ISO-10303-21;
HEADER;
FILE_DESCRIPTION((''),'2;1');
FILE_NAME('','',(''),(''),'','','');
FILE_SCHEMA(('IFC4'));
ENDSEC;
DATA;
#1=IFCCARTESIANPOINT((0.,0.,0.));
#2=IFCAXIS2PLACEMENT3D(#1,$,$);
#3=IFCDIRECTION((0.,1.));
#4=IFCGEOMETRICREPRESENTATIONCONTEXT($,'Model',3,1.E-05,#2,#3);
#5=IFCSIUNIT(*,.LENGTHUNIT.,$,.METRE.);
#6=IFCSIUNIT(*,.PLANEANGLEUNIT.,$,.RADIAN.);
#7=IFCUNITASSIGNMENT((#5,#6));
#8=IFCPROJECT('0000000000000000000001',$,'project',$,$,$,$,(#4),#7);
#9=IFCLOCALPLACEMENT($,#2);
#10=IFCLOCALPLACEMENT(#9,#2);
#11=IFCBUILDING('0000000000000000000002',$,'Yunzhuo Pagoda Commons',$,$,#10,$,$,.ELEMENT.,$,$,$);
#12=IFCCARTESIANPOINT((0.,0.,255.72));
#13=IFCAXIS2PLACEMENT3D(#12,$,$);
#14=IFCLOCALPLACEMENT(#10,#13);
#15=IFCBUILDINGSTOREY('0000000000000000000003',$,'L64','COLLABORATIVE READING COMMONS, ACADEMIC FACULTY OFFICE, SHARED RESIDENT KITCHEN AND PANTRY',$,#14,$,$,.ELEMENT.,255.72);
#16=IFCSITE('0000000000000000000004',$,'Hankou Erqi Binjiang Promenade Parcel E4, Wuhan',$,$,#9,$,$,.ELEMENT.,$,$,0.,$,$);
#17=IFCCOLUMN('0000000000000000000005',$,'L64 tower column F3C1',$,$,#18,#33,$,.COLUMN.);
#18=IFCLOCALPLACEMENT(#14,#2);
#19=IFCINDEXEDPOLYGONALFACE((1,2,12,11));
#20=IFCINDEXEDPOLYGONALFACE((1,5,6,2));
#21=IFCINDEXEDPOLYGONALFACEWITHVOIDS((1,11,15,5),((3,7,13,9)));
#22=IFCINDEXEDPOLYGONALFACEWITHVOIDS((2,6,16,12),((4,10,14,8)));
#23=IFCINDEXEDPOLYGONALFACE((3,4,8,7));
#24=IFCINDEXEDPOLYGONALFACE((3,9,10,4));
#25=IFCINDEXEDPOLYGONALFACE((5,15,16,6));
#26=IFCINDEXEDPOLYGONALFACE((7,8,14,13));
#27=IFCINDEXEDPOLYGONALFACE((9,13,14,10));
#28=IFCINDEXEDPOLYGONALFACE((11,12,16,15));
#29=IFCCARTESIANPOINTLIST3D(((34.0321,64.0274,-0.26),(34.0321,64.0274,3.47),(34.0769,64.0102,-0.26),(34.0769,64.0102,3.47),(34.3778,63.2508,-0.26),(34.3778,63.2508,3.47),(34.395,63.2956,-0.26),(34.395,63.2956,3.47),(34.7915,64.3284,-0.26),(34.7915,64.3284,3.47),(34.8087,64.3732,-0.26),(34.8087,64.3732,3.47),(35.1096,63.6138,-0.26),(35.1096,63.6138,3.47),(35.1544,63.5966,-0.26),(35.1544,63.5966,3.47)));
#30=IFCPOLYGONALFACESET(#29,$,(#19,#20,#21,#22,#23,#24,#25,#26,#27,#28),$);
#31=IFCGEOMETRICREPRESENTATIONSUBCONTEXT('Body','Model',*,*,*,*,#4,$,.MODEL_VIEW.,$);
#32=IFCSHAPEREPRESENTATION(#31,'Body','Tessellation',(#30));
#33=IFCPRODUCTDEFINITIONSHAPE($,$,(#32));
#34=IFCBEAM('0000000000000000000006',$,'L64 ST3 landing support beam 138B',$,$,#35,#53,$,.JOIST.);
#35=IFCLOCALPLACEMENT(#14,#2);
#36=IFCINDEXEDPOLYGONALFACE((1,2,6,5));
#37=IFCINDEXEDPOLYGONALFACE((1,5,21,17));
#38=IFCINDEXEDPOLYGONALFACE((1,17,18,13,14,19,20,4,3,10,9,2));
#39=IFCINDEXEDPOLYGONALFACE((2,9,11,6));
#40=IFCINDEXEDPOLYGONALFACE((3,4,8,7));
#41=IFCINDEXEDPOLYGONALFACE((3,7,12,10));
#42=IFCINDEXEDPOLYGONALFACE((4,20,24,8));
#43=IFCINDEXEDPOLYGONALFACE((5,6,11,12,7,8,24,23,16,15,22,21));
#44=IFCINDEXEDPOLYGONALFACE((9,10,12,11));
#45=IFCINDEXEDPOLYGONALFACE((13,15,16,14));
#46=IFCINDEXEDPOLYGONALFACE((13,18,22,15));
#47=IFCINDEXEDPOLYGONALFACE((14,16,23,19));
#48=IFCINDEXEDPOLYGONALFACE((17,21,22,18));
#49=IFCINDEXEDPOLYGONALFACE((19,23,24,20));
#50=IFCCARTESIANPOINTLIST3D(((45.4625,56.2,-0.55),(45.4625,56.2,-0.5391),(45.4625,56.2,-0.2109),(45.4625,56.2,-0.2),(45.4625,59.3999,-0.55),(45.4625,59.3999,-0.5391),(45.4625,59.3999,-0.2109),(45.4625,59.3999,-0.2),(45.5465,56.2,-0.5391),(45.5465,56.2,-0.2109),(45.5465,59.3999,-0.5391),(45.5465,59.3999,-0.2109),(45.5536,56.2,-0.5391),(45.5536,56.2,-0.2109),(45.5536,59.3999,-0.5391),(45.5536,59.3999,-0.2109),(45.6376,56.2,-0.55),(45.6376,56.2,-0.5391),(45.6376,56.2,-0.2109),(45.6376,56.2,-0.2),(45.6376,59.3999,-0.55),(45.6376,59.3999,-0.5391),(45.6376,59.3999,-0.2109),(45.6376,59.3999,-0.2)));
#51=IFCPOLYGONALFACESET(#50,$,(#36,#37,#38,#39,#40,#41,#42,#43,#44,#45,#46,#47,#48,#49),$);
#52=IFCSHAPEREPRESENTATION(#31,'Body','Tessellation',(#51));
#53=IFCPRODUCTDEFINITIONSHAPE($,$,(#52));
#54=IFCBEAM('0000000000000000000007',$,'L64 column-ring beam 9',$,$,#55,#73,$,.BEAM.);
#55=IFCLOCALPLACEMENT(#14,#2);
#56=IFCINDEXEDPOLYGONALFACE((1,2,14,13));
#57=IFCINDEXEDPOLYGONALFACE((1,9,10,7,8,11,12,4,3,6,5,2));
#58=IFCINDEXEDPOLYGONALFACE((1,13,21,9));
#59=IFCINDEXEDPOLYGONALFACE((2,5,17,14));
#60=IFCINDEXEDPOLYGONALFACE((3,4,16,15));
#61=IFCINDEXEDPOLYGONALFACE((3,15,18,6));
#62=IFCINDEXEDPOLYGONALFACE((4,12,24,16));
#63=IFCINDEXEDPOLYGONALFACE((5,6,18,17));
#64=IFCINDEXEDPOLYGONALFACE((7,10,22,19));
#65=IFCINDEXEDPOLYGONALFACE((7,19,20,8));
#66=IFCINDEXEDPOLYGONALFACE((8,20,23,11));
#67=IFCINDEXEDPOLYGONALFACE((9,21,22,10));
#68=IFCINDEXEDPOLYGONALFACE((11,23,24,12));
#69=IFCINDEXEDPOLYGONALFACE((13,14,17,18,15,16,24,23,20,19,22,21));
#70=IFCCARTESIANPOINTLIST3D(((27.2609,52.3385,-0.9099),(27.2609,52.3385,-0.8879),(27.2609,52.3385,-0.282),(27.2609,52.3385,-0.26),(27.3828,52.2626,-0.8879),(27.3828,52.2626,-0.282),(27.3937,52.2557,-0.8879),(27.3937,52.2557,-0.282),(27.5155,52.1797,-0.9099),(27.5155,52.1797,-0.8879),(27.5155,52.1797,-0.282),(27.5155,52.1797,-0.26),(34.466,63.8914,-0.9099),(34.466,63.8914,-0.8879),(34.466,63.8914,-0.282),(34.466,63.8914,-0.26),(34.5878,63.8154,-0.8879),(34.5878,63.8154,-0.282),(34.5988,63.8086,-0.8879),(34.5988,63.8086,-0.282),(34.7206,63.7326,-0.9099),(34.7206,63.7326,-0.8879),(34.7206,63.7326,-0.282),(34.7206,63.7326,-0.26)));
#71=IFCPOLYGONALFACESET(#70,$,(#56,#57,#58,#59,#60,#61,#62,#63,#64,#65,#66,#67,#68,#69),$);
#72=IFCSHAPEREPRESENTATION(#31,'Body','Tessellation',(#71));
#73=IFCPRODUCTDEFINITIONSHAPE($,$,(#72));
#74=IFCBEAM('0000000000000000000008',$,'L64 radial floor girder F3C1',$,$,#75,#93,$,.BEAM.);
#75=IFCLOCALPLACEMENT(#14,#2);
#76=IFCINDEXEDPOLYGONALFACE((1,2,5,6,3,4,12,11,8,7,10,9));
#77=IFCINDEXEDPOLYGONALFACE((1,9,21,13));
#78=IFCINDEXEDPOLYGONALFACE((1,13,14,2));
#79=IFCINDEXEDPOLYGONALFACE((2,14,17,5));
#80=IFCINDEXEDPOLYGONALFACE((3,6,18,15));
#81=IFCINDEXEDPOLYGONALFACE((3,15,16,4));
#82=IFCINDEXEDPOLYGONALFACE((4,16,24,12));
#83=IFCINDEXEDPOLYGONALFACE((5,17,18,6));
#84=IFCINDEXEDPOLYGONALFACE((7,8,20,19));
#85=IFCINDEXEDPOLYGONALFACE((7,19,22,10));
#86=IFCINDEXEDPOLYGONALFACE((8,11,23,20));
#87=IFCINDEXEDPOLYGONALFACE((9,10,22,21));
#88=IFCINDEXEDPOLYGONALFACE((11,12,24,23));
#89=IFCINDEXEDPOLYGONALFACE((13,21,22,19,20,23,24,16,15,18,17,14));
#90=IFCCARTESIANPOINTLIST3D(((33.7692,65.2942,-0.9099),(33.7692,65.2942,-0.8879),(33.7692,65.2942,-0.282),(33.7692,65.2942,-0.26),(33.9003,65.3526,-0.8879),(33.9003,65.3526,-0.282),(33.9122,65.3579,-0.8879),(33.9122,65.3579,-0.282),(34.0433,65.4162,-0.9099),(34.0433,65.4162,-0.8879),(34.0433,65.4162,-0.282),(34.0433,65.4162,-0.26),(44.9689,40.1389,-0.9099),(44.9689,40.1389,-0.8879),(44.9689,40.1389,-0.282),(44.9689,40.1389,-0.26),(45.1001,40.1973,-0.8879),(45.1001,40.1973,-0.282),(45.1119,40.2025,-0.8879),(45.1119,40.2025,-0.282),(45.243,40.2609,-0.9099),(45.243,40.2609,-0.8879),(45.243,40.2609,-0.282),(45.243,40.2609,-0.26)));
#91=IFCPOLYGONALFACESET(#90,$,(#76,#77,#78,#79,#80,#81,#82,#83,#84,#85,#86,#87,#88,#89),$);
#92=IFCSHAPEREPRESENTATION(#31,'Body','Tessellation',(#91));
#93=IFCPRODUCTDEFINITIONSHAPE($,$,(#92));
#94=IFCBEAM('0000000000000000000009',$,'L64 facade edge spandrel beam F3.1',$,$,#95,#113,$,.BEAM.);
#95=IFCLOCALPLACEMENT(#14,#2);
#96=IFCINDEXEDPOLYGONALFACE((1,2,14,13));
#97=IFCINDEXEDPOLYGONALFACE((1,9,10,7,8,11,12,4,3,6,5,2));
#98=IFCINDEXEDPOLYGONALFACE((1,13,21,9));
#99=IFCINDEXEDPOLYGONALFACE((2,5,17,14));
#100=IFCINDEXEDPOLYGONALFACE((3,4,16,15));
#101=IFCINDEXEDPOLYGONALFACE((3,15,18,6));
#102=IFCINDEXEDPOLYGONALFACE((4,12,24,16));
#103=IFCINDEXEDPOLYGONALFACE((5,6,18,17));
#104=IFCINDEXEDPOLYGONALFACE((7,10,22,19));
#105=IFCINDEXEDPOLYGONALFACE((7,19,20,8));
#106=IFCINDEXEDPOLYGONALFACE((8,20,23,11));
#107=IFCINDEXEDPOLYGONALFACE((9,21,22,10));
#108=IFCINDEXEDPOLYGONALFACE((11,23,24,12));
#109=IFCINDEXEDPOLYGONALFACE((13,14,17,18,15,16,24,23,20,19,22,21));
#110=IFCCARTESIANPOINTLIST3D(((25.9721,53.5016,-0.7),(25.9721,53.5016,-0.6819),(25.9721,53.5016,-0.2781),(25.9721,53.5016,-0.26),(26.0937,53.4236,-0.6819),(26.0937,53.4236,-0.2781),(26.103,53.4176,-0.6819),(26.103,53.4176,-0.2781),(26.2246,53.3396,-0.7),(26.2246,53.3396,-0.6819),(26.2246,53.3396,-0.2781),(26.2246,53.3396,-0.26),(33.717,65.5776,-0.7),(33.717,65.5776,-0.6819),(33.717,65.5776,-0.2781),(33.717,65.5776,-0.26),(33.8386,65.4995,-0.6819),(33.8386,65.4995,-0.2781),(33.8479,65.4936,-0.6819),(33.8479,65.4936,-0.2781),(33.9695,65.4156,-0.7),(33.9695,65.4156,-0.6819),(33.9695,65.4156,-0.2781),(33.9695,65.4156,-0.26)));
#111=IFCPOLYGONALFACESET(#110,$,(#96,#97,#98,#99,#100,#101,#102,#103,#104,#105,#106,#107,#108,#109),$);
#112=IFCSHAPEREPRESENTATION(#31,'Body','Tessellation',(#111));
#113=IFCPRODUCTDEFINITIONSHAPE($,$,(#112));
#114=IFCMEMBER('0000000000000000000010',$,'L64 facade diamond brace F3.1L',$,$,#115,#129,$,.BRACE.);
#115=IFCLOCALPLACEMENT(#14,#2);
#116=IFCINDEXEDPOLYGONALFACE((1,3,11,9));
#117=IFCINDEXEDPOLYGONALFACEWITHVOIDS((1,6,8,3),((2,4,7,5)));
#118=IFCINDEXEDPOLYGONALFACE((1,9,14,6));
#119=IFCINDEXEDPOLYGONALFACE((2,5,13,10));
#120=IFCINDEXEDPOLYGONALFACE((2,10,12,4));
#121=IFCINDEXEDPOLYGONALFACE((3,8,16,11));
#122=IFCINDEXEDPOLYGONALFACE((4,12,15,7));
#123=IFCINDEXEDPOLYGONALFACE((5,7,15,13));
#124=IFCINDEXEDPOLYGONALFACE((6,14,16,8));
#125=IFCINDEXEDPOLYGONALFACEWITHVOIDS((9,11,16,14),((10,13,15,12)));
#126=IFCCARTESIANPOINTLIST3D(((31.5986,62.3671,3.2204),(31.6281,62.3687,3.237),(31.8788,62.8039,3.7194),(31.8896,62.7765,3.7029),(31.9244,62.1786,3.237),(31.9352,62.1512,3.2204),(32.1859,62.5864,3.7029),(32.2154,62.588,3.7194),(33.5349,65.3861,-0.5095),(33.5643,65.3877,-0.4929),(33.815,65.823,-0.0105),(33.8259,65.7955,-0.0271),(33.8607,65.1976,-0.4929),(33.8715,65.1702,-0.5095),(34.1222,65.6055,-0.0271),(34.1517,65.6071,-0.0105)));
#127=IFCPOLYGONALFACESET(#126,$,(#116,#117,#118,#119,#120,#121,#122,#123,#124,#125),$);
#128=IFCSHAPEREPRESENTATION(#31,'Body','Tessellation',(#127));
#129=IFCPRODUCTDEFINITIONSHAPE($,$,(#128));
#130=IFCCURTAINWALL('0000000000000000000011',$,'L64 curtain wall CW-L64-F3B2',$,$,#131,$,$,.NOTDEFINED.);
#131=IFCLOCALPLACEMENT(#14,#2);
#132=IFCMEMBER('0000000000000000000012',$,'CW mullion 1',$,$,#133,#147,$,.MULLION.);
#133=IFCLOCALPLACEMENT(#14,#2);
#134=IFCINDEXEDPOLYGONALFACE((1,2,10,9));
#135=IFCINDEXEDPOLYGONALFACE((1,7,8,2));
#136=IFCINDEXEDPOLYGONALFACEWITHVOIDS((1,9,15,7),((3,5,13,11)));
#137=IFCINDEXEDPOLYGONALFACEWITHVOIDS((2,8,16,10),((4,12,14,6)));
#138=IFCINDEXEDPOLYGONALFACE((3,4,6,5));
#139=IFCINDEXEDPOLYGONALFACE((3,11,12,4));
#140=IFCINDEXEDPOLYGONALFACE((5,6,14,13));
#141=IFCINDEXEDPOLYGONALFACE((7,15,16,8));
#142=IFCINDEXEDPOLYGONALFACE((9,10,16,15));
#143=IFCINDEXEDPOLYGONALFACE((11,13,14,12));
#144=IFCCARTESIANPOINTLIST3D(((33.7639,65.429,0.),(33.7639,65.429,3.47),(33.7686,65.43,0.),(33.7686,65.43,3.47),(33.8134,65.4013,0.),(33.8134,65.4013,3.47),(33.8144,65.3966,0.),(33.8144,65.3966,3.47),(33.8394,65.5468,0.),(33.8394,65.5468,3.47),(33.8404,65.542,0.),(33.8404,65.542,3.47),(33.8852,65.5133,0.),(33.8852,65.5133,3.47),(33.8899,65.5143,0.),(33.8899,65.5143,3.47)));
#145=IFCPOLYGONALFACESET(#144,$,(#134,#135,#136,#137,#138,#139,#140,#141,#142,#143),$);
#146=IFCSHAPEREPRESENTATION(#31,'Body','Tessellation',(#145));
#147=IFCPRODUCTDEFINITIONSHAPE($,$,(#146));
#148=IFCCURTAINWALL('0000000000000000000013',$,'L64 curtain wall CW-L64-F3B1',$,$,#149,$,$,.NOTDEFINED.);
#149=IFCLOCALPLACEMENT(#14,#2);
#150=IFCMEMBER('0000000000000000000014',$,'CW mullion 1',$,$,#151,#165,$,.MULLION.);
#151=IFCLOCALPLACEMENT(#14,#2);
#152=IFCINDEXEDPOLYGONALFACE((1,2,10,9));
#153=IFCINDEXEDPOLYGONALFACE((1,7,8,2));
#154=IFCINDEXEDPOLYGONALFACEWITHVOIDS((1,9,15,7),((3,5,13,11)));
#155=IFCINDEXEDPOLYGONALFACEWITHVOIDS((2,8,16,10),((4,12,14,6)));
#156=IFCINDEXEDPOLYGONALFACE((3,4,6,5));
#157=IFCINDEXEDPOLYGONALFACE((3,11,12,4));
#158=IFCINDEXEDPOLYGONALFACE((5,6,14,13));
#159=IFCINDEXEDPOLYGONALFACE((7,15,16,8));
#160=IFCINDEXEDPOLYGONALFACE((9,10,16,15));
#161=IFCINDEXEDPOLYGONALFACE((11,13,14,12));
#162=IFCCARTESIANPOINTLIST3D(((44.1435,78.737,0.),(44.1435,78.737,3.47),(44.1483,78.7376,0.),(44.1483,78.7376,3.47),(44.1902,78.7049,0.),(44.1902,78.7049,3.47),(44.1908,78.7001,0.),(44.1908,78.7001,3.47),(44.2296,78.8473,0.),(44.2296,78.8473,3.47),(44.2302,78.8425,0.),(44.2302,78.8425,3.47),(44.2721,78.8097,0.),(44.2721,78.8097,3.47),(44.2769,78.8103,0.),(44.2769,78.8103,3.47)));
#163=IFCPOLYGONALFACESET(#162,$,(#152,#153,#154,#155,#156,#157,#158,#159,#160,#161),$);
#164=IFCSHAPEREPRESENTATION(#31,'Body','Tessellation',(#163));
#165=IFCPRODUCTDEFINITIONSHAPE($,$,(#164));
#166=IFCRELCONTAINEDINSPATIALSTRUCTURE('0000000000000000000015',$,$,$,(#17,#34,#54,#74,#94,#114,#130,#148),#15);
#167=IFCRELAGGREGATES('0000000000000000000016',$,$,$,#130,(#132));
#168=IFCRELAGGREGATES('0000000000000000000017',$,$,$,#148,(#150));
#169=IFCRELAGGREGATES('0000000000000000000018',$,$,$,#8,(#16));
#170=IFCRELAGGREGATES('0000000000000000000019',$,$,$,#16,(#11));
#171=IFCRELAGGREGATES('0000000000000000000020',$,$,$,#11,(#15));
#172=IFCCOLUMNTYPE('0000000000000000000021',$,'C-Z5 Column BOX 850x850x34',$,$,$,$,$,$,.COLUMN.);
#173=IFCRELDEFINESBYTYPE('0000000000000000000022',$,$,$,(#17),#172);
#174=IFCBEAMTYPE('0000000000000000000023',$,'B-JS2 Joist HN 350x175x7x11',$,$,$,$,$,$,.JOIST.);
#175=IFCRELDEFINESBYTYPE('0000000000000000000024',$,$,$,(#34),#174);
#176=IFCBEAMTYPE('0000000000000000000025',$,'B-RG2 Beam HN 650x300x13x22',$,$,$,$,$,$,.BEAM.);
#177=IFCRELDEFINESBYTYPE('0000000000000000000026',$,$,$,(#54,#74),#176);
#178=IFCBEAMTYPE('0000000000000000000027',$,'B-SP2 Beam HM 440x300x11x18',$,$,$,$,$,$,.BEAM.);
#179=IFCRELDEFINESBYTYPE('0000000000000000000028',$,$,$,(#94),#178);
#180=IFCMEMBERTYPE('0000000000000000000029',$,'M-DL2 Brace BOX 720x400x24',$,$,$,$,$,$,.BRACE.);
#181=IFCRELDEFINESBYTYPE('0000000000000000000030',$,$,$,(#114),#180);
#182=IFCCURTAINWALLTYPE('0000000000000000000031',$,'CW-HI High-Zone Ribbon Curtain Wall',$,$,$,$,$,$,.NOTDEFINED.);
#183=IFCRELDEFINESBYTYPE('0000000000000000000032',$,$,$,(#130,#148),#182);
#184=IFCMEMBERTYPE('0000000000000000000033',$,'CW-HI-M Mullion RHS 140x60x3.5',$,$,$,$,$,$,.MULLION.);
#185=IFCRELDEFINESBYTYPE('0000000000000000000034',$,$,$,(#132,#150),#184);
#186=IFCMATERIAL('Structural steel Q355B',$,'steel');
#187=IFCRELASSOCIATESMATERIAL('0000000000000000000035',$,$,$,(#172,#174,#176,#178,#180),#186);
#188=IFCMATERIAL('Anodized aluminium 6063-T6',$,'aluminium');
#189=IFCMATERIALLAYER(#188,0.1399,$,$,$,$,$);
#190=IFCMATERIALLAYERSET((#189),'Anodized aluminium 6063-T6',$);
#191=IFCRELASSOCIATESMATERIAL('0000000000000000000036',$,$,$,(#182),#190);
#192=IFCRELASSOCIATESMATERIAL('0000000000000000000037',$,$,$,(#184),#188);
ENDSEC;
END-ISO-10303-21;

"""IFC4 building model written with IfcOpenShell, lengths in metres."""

from ifc_helpers import new_model, si_unit, direction, frame, origin, origin_2d, place, context, subcontext, project, spatial, hollow_rectangle, i_section, extrude, source, transform, mapped, material, layer, layer_set, material_profile, profile_set, type_object, element, aggregate, save


model = new_model("IFC4")

# Units and contexts
model_context = context("Model", 3, precision=1e-05, world=origin(), true_north=direction((0.0, 1.0)))
body_context = subcontext(model_context, "Body", "Model", "MODEL_VIEW")
ifc_project = project(units=[si_unit("LENGTHUNIT", "METRE"), si_unit("PLANEANGLEUNIT", "RADIAN")], contexts=[model_context])

# Site, building, storey
site_placement = place(None, origin())
site = spatial("IfcSite", under=ifc_project, at=site_placement, Name="Hankou Erqi Binjiang Promenade Parcel E4, Wuhan", CompositionType="ELEMENT", RefElevation=0.0)
building_placement = place(site_placement, origin())
building = spatial("IfcBuilding", under=site, at=building_placement, Name="Yunzhuo Pagoda Commons", CompositionType="ELEMENT")
storey_placement = place(building_placement, frame((0.0, 0.0, 255.72)))
storey = spatial("IfcBuildingStorey", under=building, at=storey_placement, Name="L64", Description="COLLABORATIVE READING COMMONS, ACADEMIC FACULTY OFFICE, SHARED RESIDENT KITCHEN AND PANTRY", CompositionType="ELEMENT", Elevation=255.72)

# Column
ifc_material_1 = material(Name="Structural steel Q355B", Category="steel")
ifc_material_profile_1 = material_profile(ifc_material_1, hollow_rectangle(XDim=0.8501, YDim=0.8501, WallThickness=0.0339, at=origin_2d()), Name="Structural steel Q355B")
ifc_profile_set_1 = profile_set([ifc_material_profile_1], Name="Structural steel Q355B")
column_type = type_object("IfcColumnType", Name="C-Z5 Column BOX 850x850x34", PredefinedType="COLUMN", material=ifc_profile_set_1)
shared_shape_1 = source(origin(), body_context, "Body", "SweptSolid", [
    extrude(hollow_rectangle(XDim=0.8501, YDim=0.8501, WallThickness=0.0339, at=origin_2d()), origin(), (0.0, 0.0, 1.0), 3.73),
])
column_placement = place(storey_placement, frame((34.5933, 63.812, -0.26), z_axis=(0.0, 0.0, 1.0), x_axis=(-0.913545, -0.406737, 0.0)))
element("IfcColumn", 1, at=column_placement, inside=storey, type_object=column_type, Name="L64 tower column F3C1", PredefinedType="COLUMN", context=body_context, shape_type="MappedRepresentation", body=[
    mapped(shared_shape_1, transform((0.0, 0.0, 0.0), scale=1.0)),
])

# Beams
ifc_material_profile_2 = material_profile(ifc_material_1, i_section(OverallWidth=0.175, OverallDepth=0.3501, WebThickness=0.0071, FlangeThickness=0.011, at=origin_2d()), Name="Structural steel Q355B")
ifc_profile_set_2 = profile_set([ifc_material_profile_2], Name="Structural steel Q355B")
beam_type_1 = type_object("IfcBeamType", Name="B-JS2 Joist HN 350x175x7x11", PredefinedType="JOIST", material=ifc_profile_set_2)
shared_shape_2 = source(origin(), body_context, "Body", "SweptSolid", [
    extrude(i_section(OverallWidth=0.175, OverallDepth=0.3501, WebThickness=0.0071, FlangeThickness=0.011, at=origin_2d()), origin(), (0.0, 0.0, 1.0), 3.2),
])
beam_1_placement = place(storey_placement, frame((45.55, 56.2, -0.375), z_axis=(0.0, 1.0, 0.0), x_axis=(-1.0, 0.0, 0.0)))
element("IfcBeam", 2, at=beam_1_placement, inside=storey, type_object=beam_type_1, Name="L64 ST3 landing support beam 138B", PredefinedType="JOIST", context=body_context, shape_type="MappedRepresentation", body=[
    mapped(shared_shape_2, transform((0.0, 0.0, 0.0), scale=1.0)),
])
ifc_material_profile_3 = material_profile(ifc_material_1, i_section(OverallWidth=0.3, OverallDepth=0.6499, WebThickness=0.0129, FlangeThickness=0.022, at=origin_2d()), Name="Structural steel Q355B")
ifc_profile_set_3 = profile_set([ifc_material_profile_3], Name="Structural steel Q355B")
beam_type_2 = type_object("IfcBeamType", Name="B-RG2 Beam HN 650x300x13x22", PredefinedType="BEAM", material=ifc_profile_set_3)
shared_shape_3 = source(origin(), body_context, "Body", "SweptSolid", [
    extrude(i_section(OverallWidth=0.3, OverallDepth=0.6499, WebThickness=0.0129, FlangeThickness=0.022, at=origin_2d()), origin(), (0.0, 0.0, 1.0), 13.6155),
])
beam_2_placement = place(storey_placement, frame((34.5933, 63.812, -0.585), z_axis=(-0.529178, -0.848511, 0.0), x_axis=(0.848511, -0.529178, 0.0)))
element("IfcBeam", 3, at=beam_2_placement, inside=storey, type_object=beam_type_2, Name="L64 column-ring beam 9", PredefinedType="BEAM", context=body_context, shape_type="MappedRepresentation", body=[
    mapped(shared_shape_3, transform((0.0, 0.0, 0.0), scale=1.0)),
])
shared_shape_4 = source(origin(), body_context, "Body", "SweptSolid", [
    extrude(i_section(OverallWidth=0.3, OverallDepth=0.6499, WebThickness=0.0129, FlangeThickness=0.022, at=origin_2d()), origin(), (0.0, 0.0, 1.0), 27.5359),
])
beam_3_placement = place(storey_placement, frame((33.9062, 65.3552, -0.585), z_axis=(0.406732, -0.913547, 0.0), x_axis=(0.913547, 0.406732, 0.0)))
element("IfcBeam", 4, at=beam_3_placement, inside=storey, type_object=beam_type_2, Name="L64 radial floor girder F3C1", PredefinedType="BEAM", context=body_context, shape_type="MappedRepresentation", body=[
    mapped(shared_shape_4, transform((0.0, 0.0, 0.0), scale=1.0)),
])
ifc_material_profile_4 = material_profile(ifc_material_1, i_section(OverallWidth=0.3, OverallDepth=0.4399, WebThickness=0.011, FlangeThickness=0.0181, at=origin_2d()), Name="Structural steel Q355B")
ifc_profile_set_4 = profile_set([ifc_material_profile_4], Name="Structural steel Q355B")
beam_type_3 = type_object("IfcBeamType", Name="B-SP2 Beam HM 440x300x11x18", PredefinedType="BEAM", material=ifc_profile_set_4)
shared_shape_5 = source(origin(), body_context, "Body", "SweptSolid", [
    extrude(i_section(OverallWidth=0.3, OverallDepth=0.4399, WebThickness=0.011, FlangeThickness=0.0181, at=origin_2d()), origin(), (0.0, 0.0, 1.0), 14.3462),
])
beam_4_placement = place(storey_placement, frame((33.8433, 65.4966, -0.48), z_axis=(-0.539858, -0.841756, 0.0), x_axis=(0.841756, -0.539858, 0.0)))
element("IfcBeam", 5, at=beam_4_placement, inside=storey, type_object=beam_type_3, Name="L64 facade edge spandrel beam F3.1", PredefinedType="BEAM", context=body_context, shape_type="MappedRepresentation", body=[
    mapped(shared_shape_5, transform((0.0, 0.0, 0.0), scale=1.0)),
])

# Member
ifc_material_profile_5 = material_profile(ifc_material_1, hollow_rectangle(XDim=0.3999, YDim=0.72, WallThickness=0.0239, at=origin_2d()), Name="Structural steel Q355B")
ifc_profile_set_5 = profile_set([ifc_material_profile_5], Name="Structural steel Q355B")
member_type_1 = type_object("IfcMemberType", Name="M-DL2 Brace BOX 720x400x24", PredefinedType="BRACE", material=ifc_profile_set_5)
shared_shape_6 = source(origin(), body_context, "Body", "SweptSolid", [
    extrude(hollow_rectangle(XDim=0.3999, YDim=0.72, WallThickness=0.0239, at=origin_2d()), origin(), (0.0, 0.0, 1.0), 5.1746),
])
member_1_placement = place(storey_placement, frame((33.8433, 65.4966, -0.26), z_axis=(-0.374189, -0.583434, 0.720824), x_axis=(0.841753, -0.539863, 0.0)))
element("IfcMember", 6, at=member_1_placement, inside=storey, type_object=member_type_1, Name="L64 facade diamond brace F3.1L", PredefinedType="BRACE", context=body_context, shape_type="MappedRepresentation", body=[
    mapped(shared_shape_6, transform((0.0, 0.0, 0.0), scale=1.0)),
])

# Curtain wall, member
ifc_material_2 = material(Name="Anodized aluminium 6063-T6", Category="aluminium")
ifc_layer_1 = layer(ifc_material_2, 0.1399)
ifc_layer_set_1 = layer_set([ifc_layer_1], Name="Anodized aluminium 6063-T6")
curtain_wall_type = type_object("IfcCurtainWallType", Name="CW-HI High-Zone Ribbon Curtain Wall", PredefinedType="NOTDEFINED", material=ifc_layer_set_1)
curtain_wall_1_placement = place(storey_placement, origin())
curtain_wall_1 = element("IfcCurtainWall", 7, at=curtain_wall_1_placement, inside=storey, type_object=curtain_wall_type, Name="L64 curtain wall CW-L64-F3B2", PredefinedType="NOTDEFINED")
ifc_material_profile_6 = material_profile(ifc_material_2, hollow_rectangle(XDim=0.0601, YDim=0.1399, WallThickness=0.0034, at=origin_2d()), Name="Anodized aluminium 6063-T6")
ifc_profile_set_6 = profile_set([ifc_material_profile_6], Name="Anodized aluminium 6063-T6")
member_type_2 = type_object("IfcMemberType", Name="CW-HI-M Mullion RHS 140x60x3.5", PredefinedType="MULLION", material=ifc_profile_set_6)
shared_shape_7 = source(origin(), body_context, "Body", "SweptSolid", [
    extrude(hollow_rectangle(XDim=0.0601, YDim=0.1399, WallThickness=0.0034, at=origin_2d()), origin(), (0.0, 0.0, 1.0), 3.47),
])
member_2_placement = place(storey_placement, frame((33.8269, 65.4717, 0.0), z_axis=(0.0, 0.0, 1.0), x_axis=(0.84175, -0.539867, 0.0)))
member_2 = element("IfcMember", 8, at=member_2_placement, type_object=member_type_2, Name="CW mullion 1", PredefinedType="MULLION", context=body_context, shape_type="MappedRepresentation", body=[
    mapped(shared_shape_7, transform((0.0, 0.0, 0.0), scale=1.0)),
])

# Curtain wall, member
curtain_wall_2_placement = place(storey_placement, origin())
curtain_wall_2 = element("IfcCurtainWall", 9, at=curtain_wall_2_placement, inside=storey, type_object=curtain_wall_type, Name="L64 curtain wall CW-L64-F3B1", PredefinedType="NOTDEFINED")
member_3_placement = place(storey_placement, frame((44.2102, 78.7737, 0.0), z_axis=(0.0, 0.0, 1.0), x_axis=(0.78819, -0.615433, 0.0)))
member_3 = element("IfcMember", 10, at=member_3_placement, type_object=member_type_2, Name="CW mullion 1", PredefinedType="MULLION", context=body_context, shape_type="MappedRepresentation", body=[
    mapped(shared_shape_7, transform((0.0, 0.0, 0.0), scale=1.0)),
])

aggregate(curtain_wall_1, [member_2])

aggregate(curtain_wall_2, [member_3])

save(model, "model.ifc")
